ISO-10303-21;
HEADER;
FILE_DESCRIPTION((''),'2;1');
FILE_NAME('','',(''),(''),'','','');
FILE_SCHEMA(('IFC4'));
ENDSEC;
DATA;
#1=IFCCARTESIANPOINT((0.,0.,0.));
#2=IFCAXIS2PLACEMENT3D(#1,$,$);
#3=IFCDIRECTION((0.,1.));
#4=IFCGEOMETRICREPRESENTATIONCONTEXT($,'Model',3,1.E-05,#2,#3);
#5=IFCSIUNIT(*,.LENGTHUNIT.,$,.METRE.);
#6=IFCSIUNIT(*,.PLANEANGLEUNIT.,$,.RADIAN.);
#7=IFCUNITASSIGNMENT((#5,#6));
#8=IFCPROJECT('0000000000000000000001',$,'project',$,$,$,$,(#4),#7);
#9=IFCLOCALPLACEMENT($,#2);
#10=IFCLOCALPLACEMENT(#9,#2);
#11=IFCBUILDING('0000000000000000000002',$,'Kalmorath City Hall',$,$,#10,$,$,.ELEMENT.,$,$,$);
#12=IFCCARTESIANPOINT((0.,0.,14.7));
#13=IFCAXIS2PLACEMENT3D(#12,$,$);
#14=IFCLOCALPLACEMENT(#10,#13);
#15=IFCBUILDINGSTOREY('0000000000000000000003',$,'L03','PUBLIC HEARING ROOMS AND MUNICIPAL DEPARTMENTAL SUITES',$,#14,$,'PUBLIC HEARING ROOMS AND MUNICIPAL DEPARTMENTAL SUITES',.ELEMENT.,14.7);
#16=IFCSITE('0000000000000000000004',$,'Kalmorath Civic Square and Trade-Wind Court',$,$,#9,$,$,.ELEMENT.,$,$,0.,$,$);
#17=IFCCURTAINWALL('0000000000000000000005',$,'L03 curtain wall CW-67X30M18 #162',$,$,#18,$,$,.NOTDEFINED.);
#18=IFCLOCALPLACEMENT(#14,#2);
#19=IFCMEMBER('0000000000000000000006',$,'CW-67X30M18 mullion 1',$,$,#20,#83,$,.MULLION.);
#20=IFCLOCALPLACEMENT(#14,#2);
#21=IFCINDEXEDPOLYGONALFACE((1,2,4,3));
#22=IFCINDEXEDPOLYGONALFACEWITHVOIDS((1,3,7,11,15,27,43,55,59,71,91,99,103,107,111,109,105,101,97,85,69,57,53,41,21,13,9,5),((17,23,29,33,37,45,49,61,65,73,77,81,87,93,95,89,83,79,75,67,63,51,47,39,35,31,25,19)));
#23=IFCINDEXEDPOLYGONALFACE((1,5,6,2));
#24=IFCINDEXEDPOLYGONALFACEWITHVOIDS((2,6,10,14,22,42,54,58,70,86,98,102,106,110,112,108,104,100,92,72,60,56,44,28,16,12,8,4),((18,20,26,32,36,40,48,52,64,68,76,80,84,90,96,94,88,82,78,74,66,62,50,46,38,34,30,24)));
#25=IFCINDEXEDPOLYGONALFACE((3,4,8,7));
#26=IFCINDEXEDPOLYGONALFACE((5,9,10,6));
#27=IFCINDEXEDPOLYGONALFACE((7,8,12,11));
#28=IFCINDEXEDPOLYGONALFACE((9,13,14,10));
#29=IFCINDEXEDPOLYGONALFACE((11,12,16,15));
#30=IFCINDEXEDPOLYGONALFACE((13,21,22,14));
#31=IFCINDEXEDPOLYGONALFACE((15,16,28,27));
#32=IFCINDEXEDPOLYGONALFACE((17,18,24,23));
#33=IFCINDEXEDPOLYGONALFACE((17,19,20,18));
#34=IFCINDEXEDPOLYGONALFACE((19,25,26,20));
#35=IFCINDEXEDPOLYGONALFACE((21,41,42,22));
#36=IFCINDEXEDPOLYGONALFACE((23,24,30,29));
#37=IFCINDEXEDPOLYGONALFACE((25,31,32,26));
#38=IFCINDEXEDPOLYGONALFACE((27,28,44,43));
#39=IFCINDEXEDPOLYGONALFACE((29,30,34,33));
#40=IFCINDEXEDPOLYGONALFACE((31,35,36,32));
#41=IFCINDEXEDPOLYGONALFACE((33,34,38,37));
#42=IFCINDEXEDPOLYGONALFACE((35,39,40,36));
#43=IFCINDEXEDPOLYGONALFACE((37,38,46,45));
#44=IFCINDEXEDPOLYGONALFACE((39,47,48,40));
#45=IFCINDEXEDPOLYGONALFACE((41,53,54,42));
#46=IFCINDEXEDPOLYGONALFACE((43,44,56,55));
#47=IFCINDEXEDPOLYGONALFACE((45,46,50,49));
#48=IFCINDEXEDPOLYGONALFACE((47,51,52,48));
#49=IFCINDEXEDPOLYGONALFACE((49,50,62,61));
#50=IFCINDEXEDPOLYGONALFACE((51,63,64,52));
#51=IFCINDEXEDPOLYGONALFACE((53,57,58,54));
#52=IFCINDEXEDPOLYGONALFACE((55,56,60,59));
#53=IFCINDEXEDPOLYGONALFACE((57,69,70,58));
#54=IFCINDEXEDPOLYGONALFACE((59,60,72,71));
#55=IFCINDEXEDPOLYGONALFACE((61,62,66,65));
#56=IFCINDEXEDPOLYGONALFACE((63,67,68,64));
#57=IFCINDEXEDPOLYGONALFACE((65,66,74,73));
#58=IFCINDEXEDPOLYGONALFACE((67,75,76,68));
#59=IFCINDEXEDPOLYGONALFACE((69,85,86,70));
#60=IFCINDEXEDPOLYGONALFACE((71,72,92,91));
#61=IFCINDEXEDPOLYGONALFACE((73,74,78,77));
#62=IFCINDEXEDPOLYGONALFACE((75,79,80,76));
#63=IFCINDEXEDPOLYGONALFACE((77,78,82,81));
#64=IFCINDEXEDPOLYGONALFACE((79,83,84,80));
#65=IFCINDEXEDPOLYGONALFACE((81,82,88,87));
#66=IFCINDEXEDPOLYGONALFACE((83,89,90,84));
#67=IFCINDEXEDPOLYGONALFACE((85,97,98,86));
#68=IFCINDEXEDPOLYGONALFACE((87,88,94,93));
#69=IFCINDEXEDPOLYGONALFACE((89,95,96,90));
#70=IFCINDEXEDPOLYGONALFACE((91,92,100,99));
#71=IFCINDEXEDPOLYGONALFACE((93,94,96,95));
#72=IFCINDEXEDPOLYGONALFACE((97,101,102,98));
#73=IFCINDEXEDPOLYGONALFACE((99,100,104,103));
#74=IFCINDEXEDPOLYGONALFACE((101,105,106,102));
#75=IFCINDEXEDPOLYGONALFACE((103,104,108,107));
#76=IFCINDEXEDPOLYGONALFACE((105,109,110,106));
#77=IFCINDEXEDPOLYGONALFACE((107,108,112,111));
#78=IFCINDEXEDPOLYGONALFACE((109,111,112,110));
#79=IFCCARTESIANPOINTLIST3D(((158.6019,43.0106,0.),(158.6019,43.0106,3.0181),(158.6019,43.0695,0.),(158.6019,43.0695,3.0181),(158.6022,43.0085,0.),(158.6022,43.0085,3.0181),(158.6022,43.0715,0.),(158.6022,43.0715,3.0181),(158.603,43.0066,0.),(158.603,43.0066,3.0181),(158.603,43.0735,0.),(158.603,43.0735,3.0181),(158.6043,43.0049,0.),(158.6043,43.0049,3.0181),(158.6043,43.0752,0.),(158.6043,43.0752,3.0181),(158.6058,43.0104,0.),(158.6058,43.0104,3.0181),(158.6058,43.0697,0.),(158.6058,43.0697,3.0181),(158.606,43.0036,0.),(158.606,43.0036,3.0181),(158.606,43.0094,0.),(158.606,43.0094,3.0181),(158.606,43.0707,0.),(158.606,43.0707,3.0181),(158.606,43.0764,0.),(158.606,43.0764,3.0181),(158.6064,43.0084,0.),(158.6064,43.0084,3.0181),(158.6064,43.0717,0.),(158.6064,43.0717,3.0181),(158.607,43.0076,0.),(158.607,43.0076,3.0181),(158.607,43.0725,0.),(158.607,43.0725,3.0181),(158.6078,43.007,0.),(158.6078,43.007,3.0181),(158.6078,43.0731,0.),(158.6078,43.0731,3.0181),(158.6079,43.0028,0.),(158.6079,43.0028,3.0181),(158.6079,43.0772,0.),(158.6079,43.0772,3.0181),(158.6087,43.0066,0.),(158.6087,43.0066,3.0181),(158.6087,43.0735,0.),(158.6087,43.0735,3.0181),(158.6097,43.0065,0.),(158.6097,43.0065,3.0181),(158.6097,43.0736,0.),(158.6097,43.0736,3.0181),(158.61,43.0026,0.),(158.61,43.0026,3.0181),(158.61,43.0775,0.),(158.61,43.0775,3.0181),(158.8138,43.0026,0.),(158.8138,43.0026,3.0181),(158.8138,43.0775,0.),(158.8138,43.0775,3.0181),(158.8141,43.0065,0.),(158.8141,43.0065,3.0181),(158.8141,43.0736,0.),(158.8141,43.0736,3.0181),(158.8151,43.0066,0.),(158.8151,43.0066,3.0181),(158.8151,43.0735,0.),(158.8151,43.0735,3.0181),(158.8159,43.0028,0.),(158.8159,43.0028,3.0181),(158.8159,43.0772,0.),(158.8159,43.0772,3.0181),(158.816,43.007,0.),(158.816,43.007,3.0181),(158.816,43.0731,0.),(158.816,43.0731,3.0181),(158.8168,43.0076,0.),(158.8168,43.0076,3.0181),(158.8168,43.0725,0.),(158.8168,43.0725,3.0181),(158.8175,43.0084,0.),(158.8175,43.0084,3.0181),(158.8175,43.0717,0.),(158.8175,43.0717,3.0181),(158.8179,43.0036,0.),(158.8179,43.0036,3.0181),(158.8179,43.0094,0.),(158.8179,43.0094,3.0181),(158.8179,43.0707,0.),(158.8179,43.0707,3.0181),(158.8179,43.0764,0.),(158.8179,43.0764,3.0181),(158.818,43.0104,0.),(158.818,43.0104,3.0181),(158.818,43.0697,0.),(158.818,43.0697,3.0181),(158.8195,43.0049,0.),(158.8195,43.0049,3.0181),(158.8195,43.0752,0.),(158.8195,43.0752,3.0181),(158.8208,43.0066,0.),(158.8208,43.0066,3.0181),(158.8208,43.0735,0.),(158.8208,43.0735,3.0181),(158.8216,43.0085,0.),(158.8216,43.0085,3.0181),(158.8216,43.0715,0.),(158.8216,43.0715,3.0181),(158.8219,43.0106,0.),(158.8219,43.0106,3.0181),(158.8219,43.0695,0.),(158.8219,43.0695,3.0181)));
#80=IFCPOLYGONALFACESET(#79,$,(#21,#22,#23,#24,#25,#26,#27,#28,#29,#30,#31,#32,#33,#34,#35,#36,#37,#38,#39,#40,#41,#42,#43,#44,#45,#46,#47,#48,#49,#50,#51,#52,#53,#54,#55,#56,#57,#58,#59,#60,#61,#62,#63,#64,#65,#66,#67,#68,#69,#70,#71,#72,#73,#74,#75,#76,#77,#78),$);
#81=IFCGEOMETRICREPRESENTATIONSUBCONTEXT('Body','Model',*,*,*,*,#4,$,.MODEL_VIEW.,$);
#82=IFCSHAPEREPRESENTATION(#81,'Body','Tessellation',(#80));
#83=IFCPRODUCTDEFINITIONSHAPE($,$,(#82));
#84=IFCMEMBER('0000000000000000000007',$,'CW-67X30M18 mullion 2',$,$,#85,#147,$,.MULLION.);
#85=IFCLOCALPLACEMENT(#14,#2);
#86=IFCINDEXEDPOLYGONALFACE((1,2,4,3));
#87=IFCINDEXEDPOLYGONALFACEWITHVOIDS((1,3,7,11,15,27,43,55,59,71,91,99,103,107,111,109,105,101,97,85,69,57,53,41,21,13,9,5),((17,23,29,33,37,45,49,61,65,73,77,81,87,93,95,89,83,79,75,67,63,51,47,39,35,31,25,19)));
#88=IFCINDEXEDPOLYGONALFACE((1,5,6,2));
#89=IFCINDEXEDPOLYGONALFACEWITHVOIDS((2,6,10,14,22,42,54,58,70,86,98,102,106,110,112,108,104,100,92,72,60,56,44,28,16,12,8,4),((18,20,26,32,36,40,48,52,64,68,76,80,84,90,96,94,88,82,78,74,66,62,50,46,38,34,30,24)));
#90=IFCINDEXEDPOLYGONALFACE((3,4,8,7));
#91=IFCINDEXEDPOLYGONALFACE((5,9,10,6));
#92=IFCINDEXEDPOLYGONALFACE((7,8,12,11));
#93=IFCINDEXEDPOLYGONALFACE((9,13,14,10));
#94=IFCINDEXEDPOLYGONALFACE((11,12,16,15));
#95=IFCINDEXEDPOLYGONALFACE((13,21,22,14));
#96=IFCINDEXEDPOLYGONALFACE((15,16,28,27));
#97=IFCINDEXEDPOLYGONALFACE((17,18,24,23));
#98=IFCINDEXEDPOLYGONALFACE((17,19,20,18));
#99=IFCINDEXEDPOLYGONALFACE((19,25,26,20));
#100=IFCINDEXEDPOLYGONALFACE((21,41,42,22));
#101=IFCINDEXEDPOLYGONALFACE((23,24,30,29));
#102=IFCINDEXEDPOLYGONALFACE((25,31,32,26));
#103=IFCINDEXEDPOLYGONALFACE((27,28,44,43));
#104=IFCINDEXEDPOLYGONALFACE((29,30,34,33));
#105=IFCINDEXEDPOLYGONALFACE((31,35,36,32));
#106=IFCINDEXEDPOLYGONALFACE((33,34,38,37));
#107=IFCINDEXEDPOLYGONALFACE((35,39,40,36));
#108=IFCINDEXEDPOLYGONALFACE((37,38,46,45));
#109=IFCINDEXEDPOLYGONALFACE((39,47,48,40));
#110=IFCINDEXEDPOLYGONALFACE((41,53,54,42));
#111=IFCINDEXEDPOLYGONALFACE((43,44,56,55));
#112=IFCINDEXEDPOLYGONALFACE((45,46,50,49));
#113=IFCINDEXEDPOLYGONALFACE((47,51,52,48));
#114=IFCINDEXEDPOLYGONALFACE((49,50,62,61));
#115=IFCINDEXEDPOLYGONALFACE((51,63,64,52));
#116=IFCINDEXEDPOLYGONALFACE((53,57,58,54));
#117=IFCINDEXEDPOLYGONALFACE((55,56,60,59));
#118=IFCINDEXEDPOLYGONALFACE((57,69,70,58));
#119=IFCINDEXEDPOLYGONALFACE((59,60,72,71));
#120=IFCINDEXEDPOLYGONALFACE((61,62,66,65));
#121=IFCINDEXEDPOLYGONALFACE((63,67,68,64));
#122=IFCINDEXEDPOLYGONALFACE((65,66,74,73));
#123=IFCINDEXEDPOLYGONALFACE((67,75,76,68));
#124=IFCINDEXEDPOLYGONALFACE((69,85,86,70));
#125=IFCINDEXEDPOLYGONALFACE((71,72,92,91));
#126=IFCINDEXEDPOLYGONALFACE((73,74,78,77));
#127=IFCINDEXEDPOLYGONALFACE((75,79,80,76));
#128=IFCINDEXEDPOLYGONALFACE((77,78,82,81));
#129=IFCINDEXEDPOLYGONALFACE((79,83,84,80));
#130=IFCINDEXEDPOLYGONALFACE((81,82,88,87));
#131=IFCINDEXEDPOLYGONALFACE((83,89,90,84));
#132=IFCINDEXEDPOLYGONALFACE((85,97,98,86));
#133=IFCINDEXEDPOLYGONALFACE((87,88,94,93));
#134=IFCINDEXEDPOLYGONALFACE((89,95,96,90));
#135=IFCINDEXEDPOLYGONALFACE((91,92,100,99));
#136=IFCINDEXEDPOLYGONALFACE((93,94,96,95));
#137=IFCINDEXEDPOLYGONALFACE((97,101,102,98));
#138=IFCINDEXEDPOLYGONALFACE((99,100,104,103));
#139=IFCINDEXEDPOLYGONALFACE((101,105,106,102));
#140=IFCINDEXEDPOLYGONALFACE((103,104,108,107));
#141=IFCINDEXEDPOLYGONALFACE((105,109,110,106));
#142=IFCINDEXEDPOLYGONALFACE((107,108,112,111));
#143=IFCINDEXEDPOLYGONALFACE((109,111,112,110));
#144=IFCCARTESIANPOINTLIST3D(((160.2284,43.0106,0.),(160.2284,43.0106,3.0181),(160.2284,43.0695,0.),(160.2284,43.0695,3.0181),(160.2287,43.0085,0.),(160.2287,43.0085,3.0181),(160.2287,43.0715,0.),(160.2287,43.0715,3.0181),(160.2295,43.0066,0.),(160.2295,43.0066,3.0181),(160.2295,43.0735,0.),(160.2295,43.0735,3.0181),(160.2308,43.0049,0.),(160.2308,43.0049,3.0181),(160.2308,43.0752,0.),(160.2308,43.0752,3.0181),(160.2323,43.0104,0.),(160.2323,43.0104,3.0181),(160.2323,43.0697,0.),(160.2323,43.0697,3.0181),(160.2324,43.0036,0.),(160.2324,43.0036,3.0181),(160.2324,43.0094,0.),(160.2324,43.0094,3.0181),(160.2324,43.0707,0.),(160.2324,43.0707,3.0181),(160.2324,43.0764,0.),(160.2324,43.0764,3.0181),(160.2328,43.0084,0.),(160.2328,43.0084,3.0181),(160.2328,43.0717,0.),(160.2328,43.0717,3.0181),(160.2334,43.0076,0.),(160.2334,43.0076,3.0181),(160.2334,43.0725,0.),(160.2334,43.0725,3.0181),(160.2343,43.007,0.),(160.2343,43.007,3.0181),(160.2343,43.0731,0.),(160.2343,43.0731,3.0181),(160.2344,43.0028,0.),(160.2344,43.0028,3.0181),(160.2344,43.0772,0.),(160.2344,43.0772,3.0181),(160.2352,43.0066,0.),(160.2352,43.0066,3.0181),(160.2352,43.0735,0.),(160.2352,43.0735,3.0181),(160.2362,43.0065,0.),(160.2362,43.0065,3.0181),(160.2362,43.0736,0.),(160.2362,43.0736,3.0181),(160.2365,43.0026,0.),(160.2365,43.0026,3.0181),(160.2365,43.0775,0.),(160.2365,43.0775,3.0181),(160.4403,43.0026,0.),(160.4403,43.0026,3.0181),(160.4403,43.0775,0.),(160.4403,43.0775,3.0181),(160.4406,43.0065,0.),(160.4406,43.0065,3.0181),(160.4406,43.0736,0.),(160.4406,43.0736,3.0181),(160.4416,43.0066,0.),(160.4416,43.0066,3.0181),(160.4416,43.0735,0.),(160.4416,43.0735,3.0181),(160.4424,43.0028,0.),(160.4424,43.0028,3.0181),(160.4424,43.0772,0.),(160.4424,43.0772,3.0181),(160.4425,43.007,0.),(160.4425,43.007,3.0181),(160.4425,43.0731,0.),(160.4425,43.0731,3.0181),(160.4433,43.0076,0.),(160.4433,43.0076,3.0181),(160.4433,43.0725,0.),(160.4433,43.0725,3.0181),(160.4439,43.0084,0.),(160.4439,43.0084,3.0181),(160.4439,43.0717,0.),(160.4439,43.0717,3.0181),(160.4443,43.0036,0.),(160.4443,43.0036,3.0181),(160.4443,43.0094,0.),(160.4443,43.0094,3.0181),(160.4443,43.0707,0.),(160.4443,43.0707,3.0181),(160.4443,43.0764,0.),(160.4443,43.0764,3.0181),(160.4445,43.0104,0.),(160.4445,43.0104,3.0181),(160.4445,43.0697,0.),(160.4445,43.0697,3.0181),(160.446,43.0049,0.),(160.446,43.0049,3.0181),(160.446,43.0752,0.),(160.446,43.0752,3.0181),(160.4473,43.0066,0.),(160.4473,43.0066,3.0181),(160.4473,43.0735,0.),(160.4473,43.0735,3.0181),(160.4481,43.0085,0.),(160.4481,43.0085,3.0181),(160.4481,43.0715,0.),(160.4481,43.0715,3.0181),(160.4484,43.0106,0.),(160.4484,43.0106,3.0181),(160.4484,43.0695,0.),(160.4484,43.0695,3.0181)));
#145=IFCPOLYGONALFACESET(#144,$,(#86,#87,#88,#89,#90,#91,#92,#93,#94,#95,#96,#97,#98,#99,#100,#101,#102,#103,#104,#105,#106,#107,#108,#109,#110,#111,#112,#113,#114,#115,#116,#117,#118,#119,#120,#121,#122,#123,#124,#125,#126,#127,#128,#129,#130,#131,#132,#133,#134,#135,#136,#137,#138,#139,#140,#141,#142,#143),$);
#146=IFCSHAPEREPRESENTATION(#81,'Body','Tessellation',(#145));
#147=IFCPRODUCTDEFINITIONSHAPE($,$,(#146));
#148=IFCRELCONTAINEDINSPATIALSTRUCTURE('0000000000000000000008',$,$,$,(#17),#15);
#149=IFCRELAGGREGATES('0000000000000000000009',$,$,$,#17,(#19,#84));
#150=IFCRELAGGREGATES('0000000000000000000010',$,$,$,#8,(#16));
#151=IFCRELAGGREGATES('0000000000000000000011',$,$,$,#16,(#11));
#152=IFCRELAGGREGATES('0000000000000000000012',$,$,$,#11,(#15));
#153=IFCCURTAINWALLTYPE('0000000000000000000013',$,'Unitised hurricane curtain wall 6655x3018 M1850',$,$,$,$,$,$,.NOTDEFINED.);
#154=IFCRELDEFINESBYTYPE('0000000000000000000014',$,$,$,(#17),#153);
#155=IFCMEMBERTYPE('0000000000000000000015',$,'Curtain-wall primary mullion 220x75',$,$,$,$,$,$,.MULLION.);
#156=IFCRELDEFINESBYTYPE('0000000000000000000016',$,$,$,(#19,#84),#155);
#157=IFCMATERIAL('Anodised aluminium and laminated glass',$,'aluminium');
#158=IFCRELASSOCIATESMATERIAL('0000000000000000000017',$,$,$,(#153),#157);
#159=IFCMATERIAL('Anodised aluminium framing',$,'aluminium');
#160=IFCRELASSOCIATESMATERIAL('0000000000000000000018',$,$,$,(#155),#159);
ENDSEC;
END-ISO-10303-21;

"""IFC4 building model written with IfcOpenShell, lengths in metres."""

from ifc_helpers import new_model, si_unit, direction, frame, origin, origin_2d, place, context, subcontext, project, spatial, hollow_rectangle, extrude, material, material_profile, profile_set, type_object, element, aggregate, save


model = new_model("IFC4")

# Units and contexts
model_context = context("Model", 3, precision=1e-05, world=origin(), true_north=direction((0.0, 1.0)))
body_context = subcontext(model_context, "Body", "Model", "MODEL_VIEW")
ifc_project = project(units=[si_unit("LENGTHUNIT", "METRE"), si_unit("PLANEANGLEUNIT", "RADIAN")], contexts=[model_context])

# Site, building, storey
site_placement = place(None, origin())
site = spatial("IfcSite", under=ifc_project, at=site_placement, Name="Kalmorath Civic Square and Trade-Wind Court", CompositionType="ELEMENT", RefElevation=0.0)
building_placement = place(site_placement, origin())
building = spatial("IfcBuilding", under=site, at=building_placement, Name="Kalmorath City Hall", CompositionType="ELEMENT")
storey_placement = place(building_placement, frame((0.0, 0.0, 14.7)))
storey = spatial("IfcBuildingStorey", under=building, at=storey_placement, Name="L03", Description="PUBLIC HEARING ROOMS AND MUNICIPAL DEPARTMENTAL SUITES", LongName="PUBLIC HEARING ROOMS AND MUNICIPAL DEPARTMENTAL SUITES", CompositionType="ELEMENT", Elevation=14.7)

# Curtain wall, members
ifc_material_1 = material(Name="Anodised aluminium and laminated glass", Category="aluminium")
curtain_wall_type = type_object("IfcCurtainWallType", Name="Unitised hurricane curtain wall 6655x3018 M1850", PredefinedType="NOTDEFINED", material=ifc_material_1)
curtain_wall_placement = place(storey_placement, origin())
curtain_wall = element("IfcCurtainWall", 1, at=curtain_wall_placement, inside=storey, type_object=curtain_wall_type, Name="L03 curtain wall CW-67X30M18 #162", PredefinedType="NOTDEFINED")
ifc_material_2 = material(Name="Anodised aluminium framing", Category="aluminium")
ifc_material_profile_1 = material_profile(ifc_material_2, hollow_rectangle(XDim=0.075, YDim=0.22, WallThickness=0.0039, InnerFilletRadius=0.0039, OuterFilletRadius=0.0081, at=origin_2d()), Name="ALU-MUL-220X75X4")
ifc_profile_set_1 = profile_set([ifc_material_profile_1], Name="Anodised aluminium framing")
member_type_1 = type_object("IfcMemberType", Name="Curtain-wall primary mullion 220x75", PredefinedType="MULLION", material=ifc_profile_set_1)
member_1_placement = place(storey_placement, frame((158.7119, 43.04, 0.0), z_axis=(0.0, 0.0, 1.0), x_axis=(0.0, 1.0, 0.0)))
member_1 = element("IfcMember", 2, at=member_1_placement, type_object=member_type_1, Name="CW-67X30M18 mullion 1", PredefinedType="MULLION", context=body_context, shape_type="SweptSolid", body=[
    extrude(hollow_rectangle(XDim=0.075, YDim=0.22, WallThickness=0.0039, InnerFilletRadius=0.0039, OuterFilletRadius=0.0081, at=origin_2d()), origin(), (0.0, 0.0, 1.0), 3.0181),
])
member_2_placement = place(storey_placement, frame((160.3384, 43.04, 0.0), z_axis=(0.0, 0.0, 1.0), x_axis=(0.0, 1.0, 0.0)))
member_2 = element("IfcMember", 3, at=member_2_placement, type_object=member_type_1, Name="CW-67X30M18 mullion 2", PredefinedType="MULLION", context=body_context, shape_type="SweptSolid", body=[
    extrude(hollow_rectangle(XDim=0.075, YDim=0.22, WallThickness=0.0039, InnerFilletRadius=0.0039, OuterFilletRadius=0.0081, at=origin_2d()), origin(), (0.0, 0.0, 1.0), 3.0181),
])
aggregate(curtain_wall, [member_1, member_2])

save(model, "model.ifc")
